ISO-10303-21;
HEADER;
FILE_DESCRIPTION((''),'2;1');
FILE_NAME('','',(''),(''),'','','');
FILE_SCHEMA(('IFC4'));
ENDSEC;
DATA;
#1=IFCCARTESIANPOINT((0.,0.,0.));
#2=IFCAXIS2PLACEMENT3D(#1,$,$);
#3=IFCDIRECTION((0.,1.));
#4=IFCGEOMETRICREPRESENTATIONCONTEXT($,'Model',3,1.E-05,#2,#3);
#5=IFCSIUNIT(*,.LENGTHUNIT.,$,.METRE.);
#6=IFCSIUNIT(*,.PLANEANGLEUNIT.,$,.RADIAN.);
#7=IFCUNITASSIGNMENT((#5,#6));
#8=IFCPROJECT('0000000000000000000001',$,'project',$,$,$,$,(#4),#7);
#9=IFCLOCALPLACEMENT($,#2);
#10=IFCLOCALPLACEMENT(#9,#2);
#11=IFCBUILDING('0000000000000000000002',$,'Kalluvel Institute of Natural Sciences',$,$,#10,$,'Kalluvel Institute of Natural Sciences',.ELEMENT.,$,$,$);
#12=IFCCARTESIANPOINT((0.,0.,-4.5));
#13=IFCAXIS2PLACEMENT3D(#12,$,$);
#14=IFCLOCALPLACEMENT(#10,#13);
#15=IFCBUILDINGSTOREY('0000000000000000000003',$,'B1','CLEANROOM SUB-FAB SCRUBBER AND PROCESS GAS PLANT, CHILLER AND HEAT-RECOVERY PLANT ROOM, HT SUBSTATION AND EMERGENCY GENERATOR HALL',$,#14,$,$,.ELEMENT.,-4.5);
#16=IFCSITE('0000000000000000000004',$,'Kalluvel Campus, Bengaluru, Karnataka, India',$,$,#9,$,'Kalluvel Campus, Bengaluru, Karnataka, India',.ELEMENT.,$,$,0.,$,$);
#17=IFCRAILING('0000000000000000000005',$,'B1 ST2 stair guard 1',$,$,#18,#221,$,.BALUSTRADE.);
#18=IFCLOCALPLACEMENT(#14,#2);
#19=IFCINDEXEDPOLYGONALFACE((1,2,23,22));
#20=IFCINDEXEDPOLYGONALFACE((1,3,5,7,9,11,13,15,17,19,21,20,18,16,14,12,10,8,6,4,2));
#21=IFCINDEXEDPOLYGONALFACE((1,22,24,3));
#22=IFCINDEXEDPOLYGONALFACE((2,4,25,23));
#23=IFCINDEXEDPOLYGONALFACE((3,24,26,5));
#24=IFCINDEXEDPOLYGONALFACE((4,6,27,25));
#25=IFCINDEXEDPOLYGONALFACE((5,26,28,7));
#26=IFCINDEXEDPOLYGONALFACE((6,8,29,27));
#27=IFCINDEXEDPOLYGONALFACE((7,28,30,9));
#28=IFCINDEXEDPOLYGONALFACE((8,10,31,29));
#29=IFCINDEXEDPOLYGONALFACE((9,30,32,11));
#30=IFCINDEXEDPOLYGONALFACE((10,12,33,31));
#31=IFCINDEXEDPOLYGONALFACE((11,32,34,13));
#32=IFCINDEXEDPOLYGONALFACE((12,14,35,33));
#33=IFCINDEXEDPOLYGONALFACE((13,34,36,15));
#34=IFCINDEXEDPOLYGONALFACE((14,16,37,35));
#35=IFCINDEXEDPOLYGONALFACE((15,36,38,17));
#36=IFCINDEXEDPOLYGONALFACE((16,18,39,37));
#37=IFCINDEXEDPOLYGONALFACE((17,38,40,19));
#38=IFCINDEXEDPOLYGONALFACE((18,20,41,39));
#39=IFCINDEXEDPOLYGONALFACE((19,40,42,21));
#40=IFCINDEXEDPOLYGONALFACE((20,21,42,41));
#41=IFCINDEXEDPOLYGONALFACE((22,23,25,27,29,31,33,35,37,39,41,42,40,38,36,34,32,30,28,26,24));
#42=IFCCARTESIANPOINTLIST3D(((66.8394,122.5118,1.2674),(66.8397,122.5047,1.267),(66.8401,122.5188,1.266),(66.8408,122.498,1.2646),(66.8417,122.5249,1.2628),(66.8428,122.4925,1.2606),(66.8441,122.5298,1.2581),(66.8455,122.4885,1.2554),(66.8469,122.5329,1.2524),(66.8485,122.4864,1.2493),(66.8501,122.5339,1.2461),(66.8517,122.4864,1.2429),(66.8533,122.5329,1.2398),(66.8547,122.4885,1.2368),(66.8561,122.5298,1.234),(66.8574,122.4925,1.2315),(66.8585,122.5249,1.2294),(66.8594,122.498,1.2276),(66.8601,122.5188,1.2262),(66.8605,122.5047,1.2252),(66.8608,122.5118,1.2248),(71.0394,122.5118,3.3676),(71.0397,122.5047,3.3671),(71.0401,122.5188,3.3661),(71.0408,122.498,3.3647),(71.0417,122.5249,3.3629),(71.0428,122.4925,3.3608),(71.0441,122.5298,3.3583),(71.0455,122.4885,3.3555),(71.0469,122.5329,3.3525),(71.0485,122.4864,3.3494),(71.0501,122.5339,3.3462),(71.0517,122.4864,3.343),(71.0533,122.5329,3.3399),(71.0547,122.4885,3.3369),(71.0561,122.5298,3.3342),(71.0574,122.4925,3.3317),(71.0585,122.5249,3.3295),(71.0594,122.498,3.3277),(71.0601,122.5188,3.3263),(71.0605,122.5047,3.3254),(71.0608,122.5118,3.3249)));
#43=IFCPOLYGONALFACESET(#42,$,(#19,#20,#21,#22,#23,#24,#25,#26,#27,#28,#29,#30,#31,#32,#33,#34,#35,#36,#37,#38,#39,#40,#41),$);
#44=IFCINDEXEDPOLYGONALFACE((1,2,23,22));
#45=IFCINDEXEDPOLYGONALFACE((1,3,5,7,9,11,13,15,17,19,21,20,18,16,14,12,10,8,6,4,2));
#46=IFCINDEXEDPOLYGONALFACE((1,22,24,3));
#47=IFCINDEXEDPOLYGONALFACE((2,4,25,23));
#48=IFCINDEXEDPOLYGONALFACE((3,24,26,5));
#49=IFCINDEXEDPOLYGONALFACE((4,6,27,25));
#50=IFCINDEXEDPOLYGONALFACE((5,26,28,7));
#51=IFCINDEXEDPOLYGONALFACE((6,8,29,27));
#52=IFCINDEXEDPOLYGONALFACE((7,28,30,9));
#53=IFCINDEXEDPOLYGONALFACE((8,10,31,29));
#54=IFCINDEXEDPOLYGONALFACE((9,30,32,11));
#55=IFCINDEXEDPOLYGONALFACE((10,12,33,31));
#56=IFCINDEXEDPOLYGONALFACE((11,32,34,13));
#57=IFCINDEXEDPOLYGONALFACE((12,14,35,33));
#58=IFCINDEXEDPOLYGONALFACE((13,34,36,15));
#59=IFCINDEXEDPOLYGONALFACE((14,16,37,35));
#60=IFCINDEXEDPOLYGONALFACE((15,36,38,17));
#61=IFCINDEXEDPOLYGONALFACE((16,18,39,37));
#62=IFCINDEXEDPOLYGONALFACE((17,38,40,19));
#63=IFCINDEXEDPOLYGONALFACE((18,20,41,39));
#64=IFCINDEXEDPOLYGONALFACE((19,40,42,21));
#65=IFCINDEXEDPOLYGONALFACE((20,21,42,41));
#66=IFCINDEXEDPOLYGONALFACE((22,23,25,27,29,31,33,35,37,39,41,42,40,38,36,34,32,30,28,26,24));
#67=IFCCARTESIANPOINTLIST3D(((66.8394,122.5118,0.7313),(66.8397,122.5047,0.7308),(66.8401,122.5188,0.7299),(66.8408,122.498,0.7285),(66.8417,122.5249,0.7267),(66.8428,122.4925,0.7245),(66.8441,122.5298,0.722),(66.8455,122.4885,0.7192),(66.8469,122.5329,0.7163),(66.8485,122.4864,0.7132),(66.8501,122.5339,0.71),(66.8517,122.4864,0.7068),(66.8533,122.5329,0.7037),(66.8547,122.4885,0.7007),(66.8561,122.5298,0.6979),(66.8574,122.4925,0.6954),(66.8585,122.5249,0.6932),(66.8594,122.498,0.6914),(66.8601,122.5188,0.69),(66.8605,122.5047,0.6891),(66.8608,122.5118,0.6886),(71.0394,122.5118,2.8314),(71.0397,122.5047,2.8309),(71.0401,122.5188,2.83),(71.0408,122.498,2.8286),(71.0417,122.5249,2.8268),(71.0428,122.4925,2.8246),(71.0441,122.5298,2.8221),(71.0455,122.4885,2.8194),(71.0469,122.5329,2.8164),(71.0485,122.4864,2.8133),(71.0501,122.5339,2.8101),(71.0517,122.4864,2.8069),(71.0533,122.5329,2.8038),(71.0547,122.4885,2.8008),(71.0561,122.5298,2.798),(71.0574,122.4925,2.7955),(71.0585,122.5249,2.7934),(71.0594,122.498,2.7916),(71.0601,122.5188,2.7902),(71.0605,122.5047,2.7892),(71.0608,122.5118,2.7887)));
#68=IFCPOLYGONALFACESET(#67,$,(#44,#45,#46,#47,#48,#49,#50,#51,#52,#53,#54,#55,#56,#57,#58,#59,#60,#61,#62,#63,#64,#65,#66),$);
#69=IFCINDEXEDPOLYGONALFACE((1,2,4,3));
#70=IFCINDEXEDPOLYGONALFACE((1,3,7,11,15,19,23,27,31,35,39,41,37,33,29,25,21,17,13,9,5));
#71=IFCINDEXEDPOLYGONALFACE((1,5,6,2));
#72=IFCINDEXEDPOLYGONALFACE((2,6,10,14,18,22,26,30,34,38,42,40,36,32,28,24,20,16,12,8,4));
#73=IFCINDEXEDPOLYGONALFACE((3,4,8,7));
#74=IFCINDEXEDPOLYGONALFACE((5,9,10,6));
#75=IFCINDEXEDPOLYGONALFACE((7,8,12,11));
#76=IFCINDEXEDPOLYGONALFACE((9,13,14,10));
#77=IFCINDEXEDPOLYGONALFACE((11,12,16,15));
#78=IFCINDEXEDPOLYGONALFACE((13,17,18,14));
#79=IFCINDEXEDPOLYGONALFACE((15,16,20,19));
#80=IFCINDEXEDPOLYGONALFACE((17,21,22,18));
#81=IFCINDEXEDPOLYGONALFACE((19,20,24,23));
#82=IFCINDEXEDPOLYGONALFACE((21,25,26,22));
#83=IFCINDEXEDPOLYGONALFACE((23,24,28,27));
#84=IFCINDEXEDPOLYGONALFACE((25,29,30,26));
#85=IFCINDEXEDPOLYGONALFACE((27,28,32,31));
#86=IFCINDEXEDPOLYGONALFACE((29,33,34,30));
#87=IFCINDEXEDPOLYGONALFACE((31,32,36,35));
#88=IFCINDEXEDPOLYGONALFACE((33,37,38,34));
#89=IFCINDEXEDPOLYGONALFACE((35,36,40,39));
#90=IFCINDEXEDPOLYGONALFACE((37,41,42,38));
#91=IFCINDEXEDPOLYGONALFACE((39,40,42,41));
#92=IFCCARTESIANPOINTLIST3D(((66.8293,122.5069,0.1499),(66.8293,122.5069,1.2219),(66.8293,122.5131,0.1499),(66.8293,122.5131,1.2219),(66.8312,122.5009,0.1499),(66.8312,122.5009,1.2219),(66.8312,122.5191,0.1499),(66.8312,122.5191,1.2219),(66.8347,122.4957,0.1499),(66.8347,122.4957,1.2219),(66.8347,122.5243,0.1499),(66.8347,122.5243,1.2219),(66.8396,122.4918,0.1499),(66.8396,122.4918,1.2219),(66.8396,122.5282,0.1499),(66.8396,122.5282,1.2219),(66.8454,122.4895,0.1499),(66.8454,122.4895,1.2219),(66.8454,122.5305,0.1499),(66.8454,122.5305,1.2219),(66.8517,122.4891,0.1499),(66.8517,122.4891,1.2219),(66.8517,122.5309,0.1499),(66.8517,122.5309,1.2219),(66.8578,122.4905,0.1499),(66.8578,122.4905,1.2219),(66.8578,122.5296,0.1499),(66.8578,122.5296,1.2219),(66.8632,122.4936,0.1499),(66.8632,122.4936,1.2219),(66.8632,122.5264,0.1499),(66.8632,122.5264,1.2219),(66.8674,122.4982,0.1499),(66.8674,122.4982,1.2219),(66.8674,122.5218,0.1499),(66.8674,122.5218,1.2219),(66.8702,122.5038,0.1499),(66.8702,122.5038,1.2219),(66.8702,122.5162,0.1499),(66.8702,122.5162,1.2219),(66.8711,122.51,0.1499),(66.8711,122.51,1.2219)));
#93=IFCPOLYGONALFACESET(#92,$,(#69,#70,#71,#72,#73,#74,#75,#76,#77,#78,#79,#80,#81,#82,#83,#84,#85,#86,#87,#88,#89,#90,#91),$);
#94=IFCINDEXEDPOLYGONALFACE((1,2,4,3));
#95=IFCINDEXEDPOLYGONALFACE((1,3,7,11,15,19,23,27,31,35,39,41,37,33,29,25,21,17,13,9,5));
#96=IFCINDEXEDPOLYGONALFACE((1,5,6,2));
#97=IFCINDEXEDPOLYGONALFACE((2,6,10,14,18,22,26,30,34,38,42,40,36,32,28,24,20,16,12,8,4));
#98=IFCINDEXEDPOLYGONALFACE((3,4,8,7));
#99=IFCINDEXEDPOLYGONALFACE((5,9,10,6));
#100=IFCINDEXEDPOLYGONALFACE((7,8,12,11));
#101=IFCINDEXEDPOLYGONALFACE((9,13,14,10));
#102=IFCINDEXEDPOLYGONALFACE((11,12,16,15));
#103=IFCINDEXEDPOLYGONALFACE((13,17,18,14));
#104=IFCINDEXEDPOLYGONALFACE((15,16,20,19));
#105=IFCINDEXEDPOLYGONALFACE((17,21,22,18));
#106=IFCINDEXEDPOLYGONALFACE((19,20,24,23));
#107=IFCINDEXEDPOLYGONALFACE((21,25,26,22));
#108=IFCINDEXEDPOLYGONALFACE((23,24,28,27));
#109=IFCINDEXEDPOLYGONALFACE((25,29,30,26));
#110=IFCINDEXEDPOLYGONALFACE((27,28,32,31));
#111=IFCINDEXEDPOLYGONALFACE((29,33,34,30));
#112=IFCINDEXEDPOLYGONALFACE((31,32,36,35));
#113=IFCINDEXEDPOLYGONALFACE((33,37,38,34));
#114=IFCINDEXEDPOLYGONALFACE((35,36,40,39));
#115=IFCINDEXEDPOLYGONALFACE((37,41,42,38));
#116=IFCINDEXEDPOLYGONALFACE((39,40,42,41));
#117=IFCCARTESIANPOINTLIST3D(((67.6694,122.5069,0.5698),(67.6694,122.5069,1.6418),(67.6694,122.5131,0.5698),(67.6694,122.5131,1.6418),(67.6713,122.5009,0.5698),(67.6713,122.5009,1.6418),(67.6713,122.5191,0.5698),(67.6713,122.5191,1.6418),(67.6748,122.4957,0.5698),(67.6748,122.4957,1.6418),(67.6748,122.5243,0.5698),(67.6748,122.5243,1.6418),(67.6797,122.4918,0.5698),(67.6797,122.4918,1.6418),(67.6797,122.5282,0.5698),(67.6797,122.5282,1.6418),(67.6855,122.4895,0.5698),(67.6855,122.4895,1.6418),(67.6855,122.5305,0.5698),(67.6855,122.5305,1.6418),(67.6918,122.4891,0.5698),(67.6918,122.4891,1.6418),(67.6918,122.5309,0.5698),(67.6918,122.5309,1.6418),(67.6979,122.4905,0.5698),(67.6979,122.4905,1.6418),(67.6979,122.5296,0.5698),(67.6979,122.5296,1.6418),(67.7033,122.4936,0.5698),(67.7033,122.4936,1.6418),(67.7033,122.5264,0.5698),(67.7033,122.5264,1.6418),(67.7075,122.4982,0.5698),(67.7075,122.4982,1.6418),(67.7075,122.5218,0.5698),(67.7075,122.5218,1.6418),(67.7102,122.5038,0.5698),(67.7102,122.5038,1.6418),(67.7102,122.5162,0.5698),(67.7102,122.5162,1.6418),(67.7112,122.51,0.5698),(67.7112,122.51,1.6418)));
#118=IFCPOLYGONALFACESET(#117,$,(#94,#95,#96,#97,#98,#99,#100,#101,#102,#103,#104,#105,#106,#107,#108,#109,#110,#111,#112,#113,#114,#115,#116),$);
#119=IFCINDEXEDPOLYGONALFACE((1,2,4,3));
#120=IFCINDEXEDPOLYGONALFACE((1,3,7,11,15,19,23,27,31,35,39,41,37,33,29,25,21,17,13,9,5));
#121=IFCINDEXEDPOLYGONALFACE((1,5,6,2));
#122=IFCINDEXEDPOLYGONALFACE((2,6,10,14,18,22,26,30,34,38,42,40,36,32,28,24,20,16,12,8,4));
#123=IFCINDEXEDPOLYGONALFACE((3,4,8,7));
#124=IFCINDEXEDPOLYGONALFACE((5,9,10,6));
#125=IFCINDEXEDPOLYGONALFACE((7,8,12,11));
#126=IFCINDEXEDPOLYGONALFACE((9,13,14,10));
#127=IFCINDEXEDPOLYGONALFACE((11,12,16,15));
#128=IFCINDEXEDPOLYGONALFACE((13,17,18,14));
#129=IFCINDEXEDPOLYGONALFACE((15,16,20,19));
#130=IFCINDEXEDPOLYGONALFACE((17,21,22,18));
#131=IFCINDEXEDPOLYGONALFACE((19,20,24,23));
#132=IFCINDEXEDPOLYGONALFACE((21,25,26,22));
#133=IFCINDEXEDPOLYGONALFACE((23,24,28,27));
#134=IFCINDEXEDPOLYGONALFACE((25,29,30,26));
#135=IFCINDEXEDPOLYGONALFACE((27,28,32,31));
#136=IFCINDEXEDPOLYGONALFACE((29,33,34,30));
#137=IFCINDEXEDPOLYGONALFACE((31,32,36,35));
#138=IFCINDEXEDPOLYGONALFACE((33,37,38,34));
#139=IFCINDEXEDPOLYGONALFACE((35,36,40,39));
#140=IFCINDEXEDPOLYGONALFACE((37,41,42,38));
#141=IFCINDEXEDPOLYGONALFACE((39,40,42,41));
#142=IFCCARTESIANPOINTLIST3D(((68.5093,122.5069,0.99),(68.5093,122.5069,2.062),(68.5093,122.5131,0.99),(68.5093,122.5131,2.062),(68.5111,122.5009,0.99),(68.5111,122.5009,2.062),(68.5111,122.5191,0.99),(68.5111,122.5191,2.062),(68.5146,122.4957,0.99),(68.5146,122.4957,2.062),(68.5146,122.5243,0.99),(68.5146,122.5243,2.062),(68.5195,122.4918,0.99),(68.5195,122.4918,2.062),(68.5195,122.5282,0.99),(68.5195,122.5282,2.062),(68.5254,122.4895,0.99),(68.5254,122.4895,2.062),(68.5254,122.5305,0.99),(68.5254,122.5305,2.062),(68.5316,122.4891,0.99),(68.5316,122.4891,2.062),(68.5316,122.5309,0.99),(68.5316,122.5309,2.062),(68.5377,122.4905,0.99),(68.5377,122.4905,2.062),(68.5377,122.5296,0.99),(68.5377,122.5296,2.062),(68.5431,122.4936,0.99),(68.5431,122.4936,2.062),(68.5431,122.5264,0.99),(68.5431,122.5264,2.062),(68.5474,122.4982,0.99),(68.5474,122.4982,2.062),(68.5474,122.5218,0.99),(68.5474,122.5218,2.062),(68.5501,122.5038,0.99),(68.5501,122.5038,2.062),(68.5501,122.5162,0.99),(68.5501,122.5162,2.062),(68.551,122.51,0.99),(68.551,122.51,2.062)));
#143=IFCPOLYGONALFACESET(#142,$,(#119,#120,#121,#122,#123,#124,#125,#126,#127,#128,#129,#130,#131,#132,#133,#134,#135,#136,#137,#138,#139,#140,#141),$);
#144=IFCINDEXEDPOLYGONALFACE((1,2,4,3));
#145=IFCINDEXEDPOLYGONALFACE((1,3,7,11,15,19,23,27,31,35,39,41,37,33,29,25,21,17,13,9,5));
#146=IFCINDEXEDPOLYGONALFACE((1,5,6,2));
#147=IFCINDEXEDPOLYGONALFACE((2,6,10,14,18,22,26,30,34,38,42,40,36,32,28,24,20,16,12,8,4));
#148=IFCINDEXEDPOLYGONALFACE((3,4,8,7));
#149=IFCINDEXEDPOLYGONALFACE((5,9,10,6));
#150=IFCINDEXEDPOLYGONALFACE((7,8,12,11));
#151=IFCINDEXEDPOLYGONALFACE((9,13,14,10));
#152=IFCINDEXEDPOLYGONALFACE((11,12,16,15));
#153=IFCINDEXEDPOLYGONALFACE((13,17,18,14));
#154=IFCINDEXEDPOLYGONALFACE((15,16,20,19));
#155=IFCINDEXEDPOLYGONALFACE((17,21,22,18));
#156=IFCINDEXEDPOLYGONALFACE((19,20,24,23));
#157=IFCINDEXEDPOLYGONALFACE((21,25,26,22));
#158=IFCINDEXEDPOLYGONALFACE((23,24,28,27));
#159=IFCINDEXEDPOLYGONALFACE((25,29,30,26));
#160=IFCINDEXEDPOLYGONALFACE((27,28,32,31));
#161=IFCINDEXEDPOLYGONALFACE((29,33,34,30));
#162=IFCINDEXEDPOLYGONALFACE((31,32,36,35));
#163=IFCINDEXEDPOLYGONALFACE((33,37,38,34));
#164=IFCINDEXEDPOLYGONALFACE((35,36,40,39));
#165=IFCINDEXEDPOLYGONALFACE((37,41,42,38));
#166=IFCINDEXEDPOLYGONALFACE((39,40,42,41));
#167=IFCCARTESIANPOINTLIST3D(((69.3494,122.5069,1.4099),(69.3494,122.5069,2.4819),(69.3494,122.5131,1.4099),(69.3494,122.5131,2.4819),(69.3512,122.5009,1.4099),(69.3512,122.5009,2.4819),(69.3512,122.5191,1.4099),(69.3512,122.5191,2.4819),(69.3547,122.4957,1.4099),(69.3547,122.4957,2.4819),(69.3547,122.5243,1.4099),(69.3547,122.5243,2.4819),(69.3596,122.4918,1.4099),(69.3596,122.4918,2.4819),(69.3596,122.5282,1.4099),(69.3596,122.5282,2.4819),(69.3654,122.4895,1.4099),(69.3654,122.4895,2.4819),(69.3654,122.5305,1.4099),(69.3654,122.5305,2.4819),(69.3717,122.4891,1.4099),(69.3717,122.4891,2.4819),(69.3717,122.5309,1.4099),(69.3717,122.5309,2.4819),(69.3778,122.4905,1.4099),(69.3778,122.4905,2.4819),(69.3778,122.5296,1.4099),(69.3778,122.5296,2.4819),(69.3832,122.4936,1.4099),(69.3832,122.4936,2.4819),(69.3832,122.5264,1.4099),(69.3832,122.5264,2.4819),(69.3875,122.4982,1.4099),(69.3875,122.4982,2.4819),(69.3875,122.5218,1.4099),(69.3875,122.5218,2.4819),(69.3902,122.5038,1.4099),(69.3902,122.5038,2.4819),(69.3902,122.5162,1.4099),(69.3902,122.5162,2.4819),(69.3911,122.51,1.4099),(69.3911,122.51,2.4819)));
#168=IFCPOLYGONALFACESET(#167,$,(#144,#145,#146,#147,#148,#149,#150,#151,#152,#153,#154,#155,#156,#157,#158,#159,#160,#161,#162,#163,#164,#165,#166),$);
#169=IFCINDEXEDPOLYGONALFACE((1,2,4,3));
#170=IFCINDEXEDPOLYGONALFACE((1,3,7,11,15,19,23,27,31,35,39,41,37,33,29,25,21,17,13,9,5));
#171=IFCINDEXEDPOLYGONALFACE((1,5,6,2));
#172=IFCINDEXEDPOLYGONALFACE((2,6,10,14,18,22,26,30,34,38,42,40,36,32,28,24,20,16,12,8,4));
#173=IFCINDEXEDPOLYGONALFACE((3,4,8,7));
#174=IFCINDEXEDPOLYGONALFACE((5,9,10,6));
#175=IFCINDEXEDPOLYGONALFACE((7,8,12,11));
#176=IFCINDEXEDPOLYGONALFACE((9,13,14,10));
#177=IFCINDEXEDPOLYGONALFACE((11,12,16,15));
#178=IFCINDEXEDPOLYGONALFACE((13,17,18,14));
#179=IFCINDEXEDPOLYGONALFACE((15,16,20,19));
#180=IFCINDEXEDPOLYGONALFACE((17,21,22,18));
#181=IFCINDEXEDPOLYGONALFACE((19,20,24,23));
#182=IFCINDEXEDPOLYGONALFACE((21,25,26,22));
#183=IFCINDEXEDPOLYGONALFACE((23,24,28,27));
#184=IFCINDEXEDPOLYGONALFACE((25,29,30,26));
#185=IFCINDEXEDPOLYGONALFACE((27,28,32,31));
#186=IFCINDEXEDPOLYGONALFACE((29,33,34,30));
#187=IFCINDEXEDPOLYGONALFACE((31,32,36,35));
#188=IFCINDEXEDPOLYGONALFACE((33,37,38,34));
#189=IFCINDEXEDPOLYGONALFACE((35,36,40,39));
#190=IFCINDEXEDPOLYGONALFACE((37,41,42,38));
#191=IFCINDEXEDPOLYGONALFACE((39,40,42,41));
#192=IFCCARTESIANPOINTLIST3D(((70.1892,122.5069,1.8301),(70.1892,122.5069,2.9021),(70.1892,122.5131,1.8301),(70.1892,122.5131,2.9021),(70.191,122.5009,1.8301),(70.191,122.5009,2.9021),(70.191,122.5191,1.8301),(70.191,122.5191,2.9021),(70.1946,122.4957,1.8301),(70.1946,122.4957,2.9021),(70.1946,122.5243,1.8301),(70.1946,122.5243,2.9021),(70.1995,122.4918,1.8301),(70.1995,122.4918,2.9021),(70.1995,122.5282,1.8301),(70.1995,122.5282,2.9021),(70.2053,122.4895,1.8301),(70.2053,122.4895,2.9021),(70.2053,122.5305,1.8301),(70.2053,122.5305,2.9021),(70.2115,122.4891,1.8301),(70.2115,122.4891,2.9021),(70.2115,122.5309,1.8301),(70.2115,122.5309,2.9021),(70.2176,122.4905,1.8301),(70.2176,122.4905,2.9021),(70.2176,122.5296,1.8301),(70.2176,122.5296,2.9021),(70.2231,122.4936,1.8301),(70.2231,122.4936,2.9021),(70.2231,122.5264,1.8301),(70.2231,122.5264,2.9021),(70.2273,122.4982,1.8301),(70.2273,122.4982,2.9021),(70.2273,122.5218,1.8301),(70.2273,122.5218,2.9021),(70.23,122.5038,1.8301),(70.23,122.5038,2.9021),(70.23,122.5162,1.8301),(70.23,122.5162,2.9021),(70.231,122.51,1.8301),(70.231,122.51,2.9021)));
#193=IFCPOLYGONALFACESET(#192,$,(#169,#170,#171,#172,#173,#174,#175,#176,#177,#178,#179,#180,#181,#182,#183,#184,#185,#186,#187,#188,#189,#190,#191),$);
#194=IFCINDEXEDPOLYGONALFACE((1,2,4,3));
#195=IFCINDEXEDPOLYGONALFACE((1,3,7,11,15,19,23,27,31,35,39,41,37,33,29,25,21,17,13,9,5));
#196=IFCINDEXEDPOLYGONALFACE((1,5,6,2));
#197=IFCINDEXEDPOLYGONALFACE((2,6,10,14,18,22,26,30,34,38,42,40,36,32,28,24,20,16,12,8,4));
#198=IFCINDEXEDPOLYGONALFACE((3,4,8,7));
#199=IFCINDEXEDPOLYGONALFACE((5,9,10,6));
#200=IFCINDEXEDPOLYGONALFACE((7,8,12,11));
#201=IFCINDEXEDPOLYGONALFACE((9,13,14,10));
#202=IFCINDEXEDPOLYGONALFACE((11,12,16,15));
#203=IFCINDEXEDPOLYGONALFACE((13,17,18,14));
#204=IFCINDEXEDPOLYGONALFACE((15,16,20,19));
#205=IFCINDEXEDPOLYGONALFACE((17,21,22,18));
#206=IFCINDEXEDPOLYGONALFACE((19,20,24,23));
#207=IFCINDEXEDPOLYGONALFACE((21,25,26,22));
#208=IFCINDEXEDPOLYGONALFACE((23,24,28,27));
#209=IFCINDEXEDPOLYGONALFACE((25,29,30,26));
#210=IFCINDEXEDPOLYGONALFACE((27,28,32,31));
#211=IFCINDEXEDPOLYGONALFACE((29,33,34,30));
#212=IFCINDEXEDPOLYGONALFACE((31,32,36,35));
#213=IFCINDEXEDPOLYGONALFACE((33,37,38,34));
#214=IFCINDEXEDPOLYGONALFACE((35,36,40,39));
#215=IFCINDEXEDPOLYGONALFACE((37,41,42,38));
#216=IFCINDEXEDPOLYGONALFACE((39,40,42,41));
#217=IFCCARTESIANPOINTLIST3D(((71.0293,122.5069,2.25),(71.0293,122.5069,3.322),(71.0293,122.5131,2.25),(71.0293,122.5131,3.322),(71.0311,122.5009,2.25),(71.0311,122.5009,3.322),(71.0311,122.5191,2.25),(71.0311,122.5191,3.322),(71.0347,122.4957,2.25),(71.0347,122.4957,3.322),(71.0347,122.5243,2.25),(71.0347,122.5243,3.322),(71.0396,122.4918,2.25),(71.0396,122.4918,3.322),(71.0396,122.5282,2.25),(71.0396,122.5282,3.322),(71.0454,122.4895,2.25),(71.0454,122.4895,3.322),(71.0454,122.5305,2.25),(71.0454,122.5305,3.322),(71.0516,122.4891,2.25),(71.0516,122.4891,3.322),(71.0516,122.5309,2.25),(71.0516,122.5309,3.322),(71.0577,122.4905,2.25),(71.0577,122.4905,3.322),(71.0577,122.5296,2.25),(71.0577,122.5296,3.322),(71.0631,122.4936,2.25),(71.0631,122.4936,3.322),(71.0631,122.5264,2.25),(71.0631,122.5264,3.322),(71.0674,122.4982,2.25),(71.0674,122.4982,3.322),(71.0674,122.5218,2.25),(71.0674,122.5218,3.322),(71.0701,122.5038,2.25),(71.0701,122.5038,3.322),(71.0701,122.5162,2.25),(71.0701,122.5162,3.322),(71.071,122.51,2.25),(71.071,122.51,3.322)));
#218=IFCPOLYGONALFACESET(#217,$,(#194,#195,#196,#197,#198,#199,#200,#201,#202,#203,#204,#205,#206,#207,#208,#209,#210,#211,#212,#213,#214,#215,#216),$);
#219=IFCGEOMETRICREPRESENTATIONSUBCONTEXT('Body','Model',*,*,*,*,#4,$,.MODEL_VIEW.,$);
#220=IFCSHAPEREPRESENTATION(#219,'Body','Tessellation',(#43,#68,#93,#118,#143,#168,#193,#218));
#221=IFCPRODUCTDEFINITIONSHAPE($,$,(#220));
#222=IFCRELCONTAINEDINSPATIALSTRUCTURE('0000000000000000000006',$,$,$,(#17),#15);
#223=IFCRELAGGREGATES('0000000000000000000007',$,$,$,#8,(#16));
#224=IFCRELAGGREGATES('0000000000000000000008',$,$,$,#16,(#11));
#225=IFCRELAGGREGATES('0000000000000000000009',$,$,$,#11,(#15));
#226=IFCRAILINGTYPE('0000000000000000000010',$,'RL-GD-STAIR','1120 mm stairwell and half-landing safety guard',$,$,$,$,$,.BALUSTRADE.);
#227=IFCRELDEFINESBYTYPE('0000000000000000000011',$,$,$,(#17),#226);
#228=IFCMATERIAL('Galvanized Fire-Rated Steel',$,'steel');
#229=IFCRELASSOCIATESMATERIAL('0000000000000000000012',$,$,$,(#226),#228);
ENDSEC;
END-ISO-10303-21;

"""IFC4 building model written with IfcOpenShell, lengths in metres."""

from ifc_helpers import new_model, si_unit, direction, frame, origin, origin_2d, place, context, subcontext, project, spatial, circle, extrude, material, type_object, element, save


model = new_model("IFC4")

# Units and contexts
model_context = context("Model", 3, precision=1e-05, world=origin(), true_north=direction((0.0, 1.0)))
body_context = subcontext(model_context, "Body", "Model", "MODEL_VIEW")
ifc_project = project(units=[si_unit("LENGTHUNIT", "METRE"), si_unit("PLANEANGLEUNIT", "RADIAN")], contexts=[model_context])

# Site, building, storey
site_placement = place(None, origin())
site = spatial("IfcSite", under=ifc_project, at=site_placement, Name="Kalluvel Campus, Bengaluru, Karnataka, India", LongName="Kalluvel Campus, Bengaluru, Karnataka, India", CompositionType="ELEMENT", RefElevation=0.0)
building_placement = place(site_placement, origin())
building = spatial("IfcBuilding", under=site, at=building_placement, Name="Kalluvel Institute of Natural Sciences", LongName="Kalluvel Institute of Natural Sciences", CompositionType="ELEMENT")
storey_placement = place(building_placement, frame((0.0, 0.0, -4.5)))
storey = spatial("IfcBuildingStorey", under=building, at=storey_placement, Name="B1", Description="CLEANROOM SUB-FAB SCRUBBER AND PROCESS GAS PLANT, CHILLER AND HEAT-RECOVERY PLANT ROOM, HT SUBSTATION AND EMERGENCY GENERATOR HALL", CompositionType="ELEMENT", Elevation=-4.5)

# Shared definitions
ifc_material_1 = material(Name="Galvanized Fire-Rated Steel", Category="steel")

# Railing
railing_type_1 = type_object("IfcRailingType", Name="RL-GD-STAIR", Description="1120 mm stairwell and half-landing safety guard", PredefinedType="BALUSTRADE", material=ifc_material_1)
railing_1_placement = place(storey_placement, frame((66.8501, 122.51, 0.1499)))
element("IfcRailing", 1, at=railing_1_placement, inside=storey, type_object=railing_type_1, Name="B1 ST2 stair guard 1", PredefinedType="BALUSTRADE", context=body_context, shape_type="SweptSolid", body=[
    extrude(circle(Radius=0.0239, at=origin_2d()), frame((0.0, 0.0, 1.0962), z_axis=(0.894417, 0.0, 0.447234), x_axis=(0.0, 1.0, 0.0)), (0.0, 0.0, 1.0), 4.6958),
    extrude(circle(Radius=0.0239, at=origin_2d()), frame((0.0, 0.0, 0.5601), z_axis=(0.894417, 0.0, 0.447234), x_axis=(0.0, 1.0, 0.0)), (0.0, 0.0, 1.0), 4.6958),
    extrude(circle(Radius=0.021, at=origin_2d()), origin(), (0.0, 0.0, 1.0), 1.072),
    extrude(circle(Radius=0.021, at=origin_2d()), frame((0.8401, 0.0, 0.4199)), (0.0, 0.0, 1.0), 1.072),
    extrude(circle(Radius=0.021, at=origin_2d()), frame((1.6799, 0.0, 0.8401)), (0.0, 0.0, 1.0), 1.072),
    extrude(circle(Radius=0.021, at=origin_2d()), frame((2.52, 0.0, 1.26)), (0.0, 0.0, 1.0), 1.072),
    extrude(circle(Radius=0.021, at=origin_2d()), frame((3.3599, 0.0, 1.6802)), (0.0, 0.0, 1.0), 1.072),
    extrude(circle(Radius=0.021, at=origin_2d()), frame((4.2, 0.0, 2.1001)), (0.0, 0.0, 1.0), 1.072),
])

save(model, "model.ifc")
